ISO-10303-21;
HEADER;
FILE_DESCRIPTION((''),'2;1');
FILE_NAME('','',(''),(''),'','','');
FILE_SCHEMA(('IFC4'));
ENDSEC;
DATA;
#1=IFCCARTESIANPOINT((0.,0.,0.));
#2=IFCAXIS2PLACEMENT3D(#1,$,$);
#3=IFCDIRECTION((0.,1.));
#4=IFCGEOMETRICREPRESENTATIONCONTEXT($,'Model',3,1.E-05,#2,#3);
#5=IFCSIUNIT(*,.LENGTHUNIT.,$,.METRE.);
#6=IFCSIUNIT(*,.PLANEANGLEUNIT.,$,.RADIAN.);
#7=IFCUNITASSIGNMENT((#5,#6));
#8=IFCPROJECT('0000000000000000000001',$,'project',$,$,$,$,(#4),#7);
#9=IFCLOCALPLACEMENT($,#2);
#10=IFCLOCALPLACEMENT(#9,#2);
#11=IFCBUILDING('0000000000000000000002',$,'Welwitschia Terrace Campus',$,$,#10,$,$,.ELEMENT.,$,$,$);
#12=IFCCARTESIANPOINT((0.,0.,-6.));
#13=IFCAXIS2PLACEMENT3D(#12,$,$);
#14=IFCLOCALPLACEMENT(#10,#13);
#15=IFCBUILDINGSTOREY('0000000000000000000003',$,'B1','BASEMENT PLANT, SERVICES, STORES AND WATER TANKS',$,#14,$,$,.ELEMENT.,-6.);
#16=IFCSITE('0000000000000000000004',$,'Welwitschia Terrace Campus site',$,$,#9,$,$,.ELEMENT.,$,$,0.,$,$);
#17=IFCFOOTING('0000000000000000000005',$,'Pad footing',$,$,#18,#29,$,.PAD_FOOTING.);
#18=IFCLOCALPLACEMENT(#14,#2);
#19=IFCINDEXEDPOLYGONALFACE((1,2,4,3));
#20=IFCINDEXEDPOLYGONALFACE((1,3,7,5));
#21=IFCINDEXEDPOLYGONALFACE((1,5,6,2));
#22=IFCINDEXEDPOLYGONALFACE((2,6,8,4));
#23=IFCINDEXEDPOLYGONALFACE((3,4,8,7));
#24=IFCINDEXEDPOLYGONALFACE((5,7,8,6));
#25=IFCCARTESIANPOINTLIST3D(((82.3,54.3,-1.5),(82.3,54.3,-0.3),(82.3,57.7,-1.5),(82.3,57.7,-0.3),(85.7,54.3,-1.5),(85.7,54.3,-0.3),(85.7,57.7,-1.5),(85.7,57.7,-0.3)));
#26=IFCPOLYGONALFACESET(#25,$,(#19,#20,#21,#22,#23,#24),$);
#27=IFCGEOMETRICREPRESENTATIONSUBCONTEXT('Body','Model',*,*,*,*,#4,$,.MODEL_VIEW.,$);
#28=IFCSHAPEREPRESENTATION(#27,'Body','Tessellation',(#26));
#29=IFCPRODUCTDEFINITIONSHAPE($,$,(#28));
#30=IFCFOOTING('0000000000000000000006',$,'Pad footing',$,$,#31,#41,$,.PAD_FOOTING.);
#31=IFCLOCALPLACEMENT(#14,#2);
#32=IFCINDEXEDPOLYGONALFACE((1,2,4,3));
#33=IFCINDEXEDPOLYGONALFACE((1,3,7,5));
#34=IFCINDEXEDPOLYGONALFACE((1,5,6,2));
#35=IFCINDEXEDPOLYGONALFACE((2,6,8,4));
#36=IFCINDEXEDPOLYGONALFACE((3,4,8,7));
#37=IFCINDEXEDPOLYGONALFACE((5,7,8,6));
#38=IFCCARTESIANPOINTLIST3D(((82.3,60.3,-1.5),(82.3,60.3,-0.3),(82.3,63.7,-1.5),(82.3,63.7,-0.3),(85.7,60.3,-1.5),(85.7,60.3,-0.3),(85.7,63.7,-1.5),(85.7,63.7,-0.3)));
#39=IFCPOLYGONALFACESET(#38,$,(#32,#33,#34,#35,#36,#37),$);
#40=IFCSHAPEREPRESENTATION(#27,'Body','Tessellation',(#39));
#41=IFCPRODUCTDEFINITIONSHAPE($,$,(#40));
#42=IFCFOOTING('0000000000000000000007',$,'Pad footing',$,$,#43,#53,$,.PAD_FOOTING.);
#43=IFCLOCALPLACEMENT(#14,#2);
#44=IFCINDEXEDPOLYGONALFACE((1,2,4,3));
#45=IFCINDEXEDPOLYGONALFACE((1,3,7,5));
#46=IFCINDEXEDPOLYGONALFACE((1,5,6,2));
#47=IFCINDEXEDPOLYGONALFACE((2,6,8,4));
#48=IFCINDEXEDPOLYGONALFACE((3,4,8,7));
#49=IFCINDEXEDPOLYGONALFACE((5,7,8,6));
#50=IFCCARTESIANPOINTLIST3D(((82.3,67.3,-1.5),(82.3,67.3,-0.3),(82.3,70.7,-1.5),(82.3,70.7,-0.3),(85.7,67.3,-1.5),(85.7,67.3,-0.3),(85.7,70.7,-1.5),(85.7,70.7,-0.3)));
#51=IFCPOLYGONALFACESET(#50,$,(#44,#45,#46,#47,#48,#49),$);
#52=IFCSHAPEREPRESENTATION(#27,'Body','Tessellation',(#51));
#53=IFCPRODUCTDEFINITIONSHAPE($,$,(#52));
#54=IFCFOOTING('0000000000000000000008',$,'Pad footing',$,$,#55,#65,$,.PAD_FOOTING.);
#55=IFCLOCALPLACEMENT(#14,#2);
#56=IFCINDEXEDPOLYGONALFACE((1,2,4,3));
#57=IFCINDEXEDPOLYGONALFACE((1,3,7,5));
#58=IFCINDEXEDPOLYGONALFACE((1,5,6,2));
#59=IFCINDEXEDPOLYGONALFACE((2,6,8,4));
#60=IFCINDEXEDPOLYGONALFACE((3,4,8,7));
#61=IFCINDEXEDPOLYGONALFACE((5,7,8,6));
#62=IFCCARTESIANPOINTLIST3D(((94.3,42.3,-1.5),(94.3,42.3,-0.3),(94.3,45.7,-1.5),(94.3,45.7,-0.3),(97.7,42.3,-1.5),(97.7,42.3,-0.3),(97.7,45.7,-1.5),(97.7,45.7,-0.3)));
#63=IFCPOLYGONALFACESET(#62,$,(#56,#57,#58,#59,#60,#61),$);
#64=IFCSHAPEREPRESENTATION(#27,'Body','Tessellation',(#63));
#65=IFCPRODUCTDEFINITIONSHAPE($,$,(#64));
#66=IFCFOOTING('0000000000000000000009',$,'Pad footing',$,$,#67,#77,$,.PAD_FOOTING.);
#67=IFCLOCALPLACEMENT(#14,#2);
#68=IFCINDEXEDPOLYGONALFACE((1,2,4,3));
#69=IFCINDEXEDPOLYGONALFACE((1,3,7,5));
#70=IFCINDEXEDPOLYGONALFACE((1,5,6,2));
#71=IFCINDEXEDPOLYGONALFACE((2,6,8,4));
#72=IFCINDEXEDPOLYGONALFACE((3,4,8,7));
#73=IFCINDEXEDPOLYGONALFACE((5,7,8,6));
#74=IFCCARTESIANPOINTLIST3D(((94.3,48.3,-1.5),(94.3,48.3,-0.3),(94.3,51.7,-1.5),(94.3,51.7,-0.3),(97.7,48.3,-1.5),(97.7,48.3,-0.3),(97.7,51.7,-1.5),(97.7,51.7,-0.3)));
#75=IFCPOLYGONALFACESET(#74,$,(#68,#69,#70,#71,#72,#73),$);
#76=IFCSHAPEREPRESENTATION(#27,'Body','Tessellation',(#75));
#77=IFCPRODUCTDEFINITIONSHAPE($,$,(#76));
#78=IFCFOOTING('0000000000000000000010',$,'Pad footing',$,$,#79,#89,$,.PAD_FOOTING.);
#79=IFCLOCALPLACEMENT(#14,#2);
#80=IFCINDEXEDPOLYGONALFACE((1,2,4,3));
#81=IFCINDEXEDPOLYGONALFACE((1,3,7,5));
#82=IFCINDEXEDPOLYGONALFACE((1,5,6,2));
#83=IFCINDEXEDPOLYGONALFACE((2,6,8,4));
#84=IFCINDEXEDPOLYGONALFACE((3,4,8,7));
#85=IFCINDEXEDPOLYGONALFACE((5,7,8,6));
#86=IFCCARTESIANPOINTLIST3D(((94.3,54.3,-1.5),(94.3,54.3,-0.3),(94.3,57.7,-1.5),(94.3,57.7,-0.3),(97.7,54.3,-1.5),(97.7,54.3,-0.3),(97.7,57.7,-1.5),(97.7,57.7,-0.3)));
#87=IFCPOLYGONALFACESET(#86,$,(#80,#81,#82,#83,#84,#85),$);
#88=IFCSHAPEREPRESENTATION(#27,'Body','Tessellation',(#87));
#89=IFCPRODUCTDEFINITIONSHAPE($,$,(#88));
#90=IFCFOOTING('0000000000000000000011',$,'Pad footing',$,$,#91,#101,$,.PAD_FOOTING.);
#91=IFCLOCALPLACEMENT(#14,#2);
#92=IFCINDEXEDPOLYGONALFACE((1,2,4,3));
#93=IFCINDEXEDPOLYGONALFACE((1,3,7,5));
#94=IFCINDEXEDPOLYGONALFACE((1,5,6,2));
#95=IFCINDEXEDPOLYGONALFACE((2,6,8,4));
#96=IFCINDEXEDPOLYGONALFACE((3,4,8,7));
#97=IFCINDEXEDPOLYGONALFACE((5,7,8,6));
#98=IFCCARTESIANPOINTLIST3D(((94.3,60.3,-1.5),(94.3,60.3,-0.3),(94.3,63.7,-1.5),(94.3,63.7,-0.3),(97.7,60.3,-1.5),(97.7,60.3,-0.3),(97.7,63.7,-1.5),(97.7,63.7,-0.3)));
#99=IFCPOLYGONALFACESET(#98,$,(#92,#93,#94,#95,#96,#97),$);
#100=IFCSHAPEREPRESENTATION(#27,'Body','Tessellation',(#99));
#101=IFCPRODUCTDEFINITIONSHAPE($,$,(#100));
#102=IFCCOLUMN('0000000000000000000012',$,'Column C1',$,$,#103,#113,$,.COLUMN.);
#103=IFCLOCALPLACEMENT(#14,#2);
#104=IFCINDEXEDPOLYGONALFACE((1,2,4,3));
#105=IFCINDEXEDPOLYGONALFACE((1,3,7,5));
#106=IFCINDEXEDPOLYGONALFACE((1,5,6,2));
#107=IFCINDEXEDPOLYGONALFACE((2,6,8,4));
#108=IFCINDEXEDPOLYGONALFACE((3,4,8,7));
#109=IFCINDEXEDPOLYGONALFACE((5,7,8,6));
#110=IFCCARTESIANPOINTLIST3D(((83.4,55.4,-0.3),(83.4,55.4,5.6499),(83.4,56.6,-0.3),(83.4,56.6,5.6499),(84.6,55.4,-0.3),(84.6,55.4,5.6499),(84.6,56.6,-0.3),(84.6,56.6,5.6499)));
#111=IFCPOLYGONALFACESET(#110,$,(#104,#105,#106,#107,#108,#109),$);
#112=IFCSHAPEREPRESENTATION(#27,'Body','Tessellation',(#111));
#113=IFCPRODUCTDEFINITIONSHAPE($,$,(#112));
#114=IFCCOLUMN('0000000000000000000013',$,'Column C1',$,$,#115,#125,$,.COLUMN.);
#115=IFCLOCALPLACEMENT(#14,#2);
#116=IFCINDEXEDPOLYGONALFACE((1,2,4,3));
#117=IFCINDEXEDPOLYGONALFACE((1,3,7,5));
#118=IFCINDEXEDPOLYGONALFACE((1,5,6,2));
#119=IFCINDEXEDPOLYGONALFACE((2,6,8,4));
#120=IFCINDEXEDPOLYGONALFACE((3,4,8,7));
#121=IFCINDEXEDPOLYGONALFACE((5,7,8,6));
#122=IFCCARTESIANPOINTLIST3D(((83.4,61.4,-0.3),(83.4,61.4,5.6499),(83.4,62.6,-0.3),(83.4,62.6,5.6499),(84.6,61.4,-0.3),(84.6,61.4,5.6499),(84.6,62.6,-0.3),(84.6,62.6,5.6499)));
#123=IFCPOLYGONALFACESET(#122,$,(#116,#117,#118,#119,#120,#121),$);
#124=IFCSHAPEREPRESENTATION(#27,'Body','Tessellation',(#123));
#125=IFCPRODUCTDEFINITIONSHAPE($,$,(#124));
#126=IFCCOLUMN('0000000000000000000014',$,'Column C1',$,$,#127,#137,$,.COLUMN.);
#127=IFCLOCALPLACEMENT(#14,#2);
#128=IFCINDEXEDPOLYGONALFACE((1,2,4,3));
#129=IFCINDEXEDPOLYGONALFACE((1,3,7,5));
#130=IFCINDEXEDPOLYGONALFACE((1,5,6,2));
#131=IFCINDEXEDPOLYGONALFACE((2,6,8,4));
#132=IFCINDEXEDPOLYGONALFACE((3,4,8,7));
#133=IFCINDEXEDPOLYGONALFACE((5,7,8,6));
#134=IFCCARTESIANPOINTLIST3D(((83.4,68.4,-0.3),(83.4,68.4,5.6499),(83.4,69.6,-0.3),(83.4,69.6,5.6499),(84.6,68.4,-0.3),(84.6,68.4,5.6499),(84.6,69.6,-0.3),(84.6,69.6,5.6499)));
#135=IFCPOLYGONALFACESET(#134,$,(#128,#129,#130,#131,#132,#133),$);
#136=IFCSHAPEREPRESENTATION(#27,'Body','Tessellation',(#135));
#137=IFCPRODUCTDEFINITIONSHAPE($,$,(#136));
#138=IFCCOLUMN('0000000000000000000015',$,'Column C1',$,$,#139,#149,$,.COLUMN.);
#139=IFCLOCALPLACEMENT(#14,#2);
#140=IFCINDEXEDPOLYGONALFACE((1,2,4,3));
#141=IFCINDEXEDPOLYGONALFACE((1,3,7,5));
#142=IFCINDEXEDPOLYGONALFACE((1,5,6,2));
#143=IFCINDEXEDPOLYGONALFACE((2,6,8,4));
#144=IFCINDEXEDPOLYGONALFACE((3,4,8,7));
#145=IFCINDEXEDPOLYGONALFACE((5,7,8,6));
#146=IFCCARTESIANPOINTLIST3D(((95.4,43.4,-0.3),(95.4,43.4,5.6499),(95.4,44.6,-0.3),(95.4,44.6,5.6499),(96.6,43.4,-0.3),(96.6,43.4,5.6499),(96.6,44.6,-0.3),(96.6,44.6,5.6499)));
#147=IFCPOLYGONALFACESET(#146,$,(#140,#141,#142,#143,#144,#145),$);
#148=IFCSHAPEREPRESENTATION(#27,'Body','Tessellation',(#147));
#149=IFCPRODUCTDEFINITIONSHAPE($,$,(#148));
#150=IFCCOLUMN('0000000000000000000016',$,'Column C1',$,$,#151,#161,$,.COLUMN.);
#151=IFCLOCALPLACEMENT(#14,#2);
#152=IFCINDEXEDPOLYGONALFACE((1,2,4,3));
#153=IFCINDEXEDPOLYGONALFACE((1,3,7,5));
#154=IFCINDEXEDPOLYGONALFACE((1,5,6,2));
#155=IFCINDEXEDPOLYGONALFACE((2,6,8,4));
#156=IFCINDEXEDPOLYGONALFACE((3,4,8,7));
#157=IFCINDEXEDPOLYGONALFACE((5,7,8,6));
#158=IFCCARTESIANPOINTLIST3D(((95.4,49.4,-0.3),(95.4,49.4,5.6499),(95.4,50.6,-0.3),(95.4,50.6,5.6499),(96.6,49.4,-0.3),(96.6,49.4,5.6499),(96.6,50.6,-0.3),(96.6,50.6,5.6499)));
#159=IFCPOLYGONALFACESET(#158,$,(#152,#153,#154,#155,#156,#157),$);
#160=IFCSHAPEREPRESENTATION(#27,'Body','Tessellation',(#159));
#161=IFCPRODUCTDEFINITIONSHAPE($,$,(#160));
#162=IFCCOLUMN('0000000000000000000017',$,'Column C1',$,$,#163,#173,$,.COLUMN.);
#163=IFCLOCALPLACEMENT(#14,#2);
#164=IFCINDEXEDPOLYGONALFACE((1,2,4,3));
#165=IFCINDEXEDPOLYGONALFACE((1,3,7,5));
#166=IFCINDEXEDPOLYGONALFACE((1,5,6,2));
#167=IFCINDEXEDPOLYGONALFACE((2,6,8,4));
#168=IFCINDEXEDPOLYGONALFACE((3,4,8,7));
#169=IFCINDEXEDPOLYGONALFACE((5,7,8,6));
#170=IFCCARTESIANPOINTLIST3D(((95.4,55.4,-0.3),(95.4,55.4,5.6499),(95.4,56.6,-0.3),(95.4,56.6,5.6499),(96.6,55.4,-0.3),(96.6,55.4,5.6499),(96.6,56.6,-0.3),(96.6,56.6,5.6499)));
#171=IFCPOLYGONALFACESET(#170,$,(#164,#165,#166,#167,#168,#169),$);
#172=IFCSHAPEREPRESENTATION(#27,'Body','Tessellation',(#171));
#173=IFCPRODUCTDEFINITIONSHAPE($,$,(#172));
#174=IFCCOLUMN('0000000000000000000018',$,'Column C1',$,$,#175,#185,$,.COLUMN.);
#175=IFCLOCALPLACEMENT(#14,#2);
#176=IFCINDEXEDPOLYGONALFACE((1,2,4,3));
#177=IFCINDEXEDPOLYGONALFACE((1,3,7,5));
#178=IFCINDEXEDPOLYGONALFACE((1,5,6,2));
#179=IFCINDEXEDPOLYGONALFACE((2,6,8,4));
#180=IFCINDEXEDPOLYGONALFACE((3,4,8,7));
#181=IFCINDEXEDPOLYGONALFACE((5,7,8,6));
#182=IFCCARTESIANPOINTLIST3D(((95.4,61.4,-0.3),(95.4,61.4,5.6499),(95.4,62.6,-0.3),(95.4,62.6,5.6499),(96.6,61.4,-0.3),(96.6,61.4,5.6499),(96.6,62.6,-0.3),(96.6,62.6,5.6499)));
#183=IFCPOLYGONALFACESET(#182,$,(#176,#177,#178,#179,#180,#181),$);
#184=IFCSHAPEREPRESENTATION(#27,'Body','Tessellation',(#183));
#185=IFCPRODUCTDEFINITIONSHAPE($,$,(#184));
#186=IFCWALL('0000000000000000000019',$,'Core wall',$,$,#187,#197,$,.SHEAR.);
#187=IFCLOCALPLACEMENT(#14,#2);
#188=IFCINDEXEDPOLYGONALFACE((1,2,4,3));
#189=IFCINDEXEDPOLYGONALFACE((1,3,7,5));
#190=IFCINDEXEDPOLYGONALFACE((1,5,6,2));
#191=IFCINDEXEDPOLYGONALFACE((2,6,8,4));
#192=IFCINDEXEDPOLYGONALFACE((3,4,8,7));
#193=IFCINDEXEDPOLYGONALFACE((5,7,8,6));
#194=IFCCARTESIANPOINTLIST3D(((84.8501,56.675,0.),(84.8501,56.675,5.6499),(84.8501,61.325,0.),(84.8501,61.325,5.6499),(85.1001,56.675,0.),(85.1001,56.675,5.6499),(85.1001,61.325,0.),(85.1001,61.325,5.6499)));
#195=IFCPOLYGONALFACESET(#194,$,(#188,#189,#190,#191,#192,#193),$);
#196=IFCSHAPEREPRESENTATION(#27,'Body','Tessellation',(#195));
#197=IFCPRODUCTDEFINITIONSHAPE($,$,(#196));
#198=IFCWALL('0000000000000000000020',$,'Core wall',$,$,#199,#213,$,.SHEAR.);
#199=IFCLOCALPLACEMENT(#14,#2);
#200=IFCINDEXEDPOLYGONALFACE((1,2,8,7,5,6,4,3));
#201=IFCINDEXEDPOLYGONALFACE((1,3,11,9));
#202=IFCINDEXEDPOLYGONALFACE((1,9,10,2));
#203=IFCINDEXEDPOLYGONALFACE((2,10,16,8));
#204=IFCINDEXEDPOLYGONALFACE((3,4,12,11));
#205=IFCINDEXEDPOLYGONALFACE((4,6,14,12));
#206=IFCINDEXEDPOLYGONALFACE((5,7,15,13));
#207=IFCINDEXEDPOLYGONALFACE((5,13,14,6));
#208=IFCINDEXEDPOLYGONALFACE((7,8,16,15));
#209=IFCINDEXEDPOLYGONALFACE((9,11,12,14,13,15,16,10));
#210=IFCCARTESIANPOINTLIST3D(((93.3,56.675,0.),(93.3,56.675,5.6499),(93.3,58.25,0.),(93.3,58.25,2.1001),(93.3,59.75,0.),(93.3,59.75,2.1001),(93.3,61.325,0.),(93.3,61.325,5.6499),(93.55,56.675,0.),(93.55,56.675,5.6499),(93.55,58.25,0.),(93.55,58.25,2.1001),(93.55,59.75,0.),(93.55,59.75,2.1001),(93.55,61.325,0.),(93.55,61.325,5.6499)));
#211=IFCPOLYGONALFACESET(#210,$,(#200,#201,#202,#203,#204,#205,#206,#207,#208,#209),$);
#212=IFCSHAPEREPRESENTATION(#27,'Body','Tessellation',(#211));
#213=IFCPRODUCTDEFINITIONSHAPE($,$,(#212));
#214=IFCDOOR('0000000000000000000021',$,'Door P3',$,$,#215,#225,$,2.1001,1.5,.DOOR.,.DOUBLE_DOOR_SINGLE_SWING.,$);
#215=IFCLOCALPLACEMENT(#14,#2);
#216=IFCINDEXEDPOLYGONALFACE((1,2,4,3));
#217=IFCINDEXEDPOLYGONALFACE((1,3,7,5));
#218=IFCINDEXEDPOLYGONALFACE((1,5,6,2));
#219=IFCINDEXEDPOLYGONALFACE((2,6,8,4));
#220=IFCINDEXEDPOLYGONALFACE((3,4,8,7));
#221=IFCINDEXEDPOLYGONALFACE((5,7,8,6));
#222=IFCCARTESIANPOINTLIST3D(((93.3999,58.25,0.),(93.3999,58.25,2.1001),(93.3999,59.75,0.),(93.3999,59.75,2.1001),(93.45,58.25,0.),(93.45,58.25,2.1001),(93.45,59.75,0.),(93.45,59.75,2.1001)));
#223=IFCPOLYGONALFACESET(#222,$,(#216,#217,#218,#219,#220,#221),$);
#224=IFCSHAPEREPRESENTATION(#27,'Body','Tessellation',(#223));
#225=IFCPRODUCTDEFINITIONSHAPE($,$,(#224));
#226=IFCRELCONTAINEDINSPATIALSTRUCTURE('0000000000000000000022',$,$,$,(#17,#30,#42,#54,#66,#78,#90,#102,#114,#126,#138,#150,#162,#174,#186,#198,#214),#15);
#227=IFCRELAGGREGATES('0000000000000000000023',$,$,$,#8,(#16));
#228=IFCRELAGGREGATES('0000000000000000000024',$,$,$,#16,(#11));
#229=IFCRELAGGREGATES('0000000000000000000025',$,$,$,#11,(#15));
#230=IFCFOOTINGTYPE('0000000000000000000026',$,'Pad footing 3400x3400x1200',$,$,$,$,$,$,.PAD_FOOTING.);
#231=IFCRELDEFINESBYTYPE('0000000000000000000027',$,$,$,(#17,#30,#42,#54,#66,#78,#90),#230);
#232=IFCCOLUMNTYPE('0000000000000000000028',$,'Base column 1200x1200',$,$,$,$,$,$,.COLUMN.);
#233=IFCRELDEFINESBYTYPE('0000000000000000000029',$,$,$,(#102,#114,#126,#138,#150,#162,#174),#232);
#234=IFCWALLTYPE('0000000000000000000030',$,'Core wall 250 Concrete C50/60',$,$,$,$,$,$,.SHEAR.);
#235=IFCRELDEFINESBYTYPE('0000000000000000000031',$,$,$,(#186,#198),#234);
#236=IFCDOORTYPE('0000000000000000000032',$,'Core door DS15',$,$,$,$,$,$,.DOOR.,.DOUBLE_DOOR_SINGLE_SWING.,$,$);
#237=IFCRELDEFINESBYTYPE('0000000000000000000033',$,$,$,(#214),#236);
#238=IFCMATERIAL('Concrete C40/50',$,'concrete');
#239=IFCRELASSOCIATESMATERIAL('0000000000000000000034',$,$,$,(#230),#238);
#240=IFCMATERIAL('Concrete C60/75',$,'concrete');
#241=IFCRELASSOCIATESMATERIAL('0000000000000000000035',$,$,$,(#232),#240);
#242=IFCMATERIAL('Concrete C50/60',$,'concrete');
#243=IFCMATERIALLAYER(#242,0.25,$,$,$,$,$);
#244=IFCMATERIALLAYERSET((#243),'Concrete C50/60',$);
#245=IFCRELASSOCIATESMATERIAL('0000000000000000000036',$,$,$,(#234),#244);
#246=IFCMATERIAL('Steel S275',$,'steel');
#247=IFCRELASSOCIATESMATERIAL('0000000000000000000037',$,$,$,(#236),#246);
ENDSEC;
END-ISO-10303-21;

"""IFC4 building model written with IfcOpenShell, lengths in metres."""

from ifc_helpers import new_model, si_unit, direction, frame, frame_2d, origin, origin_2d, place, context, subcontext, project, spatial, rectangle, extrude, material, layer, layer_set, material_profile, profile_set, type_object, element, fill, save


model = new_model("IFC4")

# Units and contexts
model_context = context("Model", 3, precision=1e-05, world=origin(), true_north=direction((0.0, 1.0)))
body_context = subcontext(model_context, "Body", "Model", "MODEL_VIEW")
ifc_project = project(units=[si_unit("LENGTHUNIT", "METRE"), si_unit("PLANEANGLEUNIT", "RADIAN")], contexts=[model_context])

# Site, building, storey
site_placement = place(None, origin())
site = spatial("IfcSite", under=ifc_project, at=site_placement, Name="Welwitschia Terrace Campus site", CompositionType="ELEMENT", RefElevation=0.0)
building_placement = place(site_placement, origin())
building = spatial("IfcBuilding", under=site, at=building_placement, Name="Welwitschia Terrace Campus", CompositionType="ELEMENT")
storey_placement = place(building_placement, frame((0.0, 0.0, -6.0)))
storey = spatial("IfcBuildingStorey", under=building, at=storey_placement, Name="B1", Description="BASEMENT PLANT, SERVICES, STORES AND WATER TANKS", CompositionType="ELEMENT", Elevation=-6.0)

# Footings
ifc_material_1 = material(Name="Concrete C40/50", Category="concrete")
footing_type = type_object("IfcFootingType", Name="Pad footing 3400x3400x1200", PredefinedType="PAD_FOOTING", material=ifc_material_1)
for number, where, z_axis, x_axis, name in (
    (1, (84.0, 56.0, -1.5), (0.0, 0.0, 1.0), (1.0, 0.0, 0.0), "Pad footing"),
    (2, (84.0, 62.0, -1.5), (0.0, 0.0, 1.0), (1.0, 0.0, 0.0), "Pad footing"),
    (3, (84.0, 69.0, -1.5), (0.0, 0.0, 1.0), (1.0, 0.0, 0.0), "Pad footing"),
    (4, (96.0, 44.0, -1.5), (0.0, 0.0, 1.0), (1.0, 0.0, 0.0), "Pad footing"),
    (5, (96.0, 50.0, -1.5), (0.0, 0.0, 1.0), (1.0, 0.0, 0.0), "Pad footing"),
    (6, (96.0, 56.0, -1.5), (0.0, 0.0, 1.0), (1.0, 0.0, 0.0), "Pad footing"),
    (7, (96.0, 62.0, -1.5), (0.0, 0.0, 1.0), (1.0, 0.0, 0.0), "Pad footing"),
):
    element("IfcFooting", number, at=place(storey_placement, frame(where, z_axis=z_axis, x_axis=x_axis)), inside=storey, type_object=footing_type, Name=name, PredefinedType="PAD_FOOTING", context=body_context, shape_type="SweptSolid", body=[
        extrude(rectangle(XDim=3.3999, YDim=3.3999, at=origin_2d()), origin(), (0.0, 0.0, 1.0), 1.2),
    ])

# Columns
ifc_material_2 = material(Name="Concrete C60/75", Category="concrete")
ifc_material_profile = material_profile(ifc_material_2, rectangle(XDim=1.2, YDim=1.2, at=origin_2d()))
ifc_profile_set = profile_set([ifc_material_profile], Name="Concrete C60/75")
column_type = type_object("IfcColumnType", Name="Base column 1200x1200", PredefinedType="COLUMN", material=ifc_profile_set)
for number, where, z_axis, x_axis, name in (
    (8, (84.0, 56.0, -0.3), (0.0, 0.0, 1.0), (1.0, 0.0, 0.0), "Column C1"),
    (9, (84.0, 62.0, -0.3), (0.0, 0.0, 1.0), (1.0, 0.0, 0.0), "Column C1"),
    (10, (84.0, 69.0, -0.3), (0.0, 0.0, 1.0), (1.0, 0.0, 0.0), "Column C1"),
    (11, (96.0, 44.0, -0.3), (0.0, 0.0, 1.0), (1.0, 0.0, 0.0), "Column C1"),
    (12, (96.0, 50.0, -0.3), (0.0, 0.0, 1.0), (1.0, 0.0, 0.0), "Column C1"),
    (13, (96.0, 56.0, -0.3), (0.0, 0.0, 1.0), (1.0, 0.0, 0.0), "Column C1"),
    (14, (96.0, 62.0, -0.3), (0.0, 0.0, 1.0), (1.0, 0.0, 0.0), "Column C1"),
):
    element("IfcColumn", number, at=place(storey_placement, frame(where, z_axis=z_axis, x_axis=x_axis)), inside=storey, type_object=column_type, Name=name, PredefinedType="COLUMN", context=body_context, shape_type="SweptSolid", body=[
        extrude(rectangle(XDim=1.2, YDim=1.2, at=origin_2d()), origin(), (0.0, 0.0, 1.0), 5.95),
    ])

# Wall
ifc_material_3 = material(Name="Concrete C50/60", Category="concrete")
ifc_layer_1 = layer(ifc_material_3, 0.25)
ifc_layer_set_1 = layer_set([ifc_layer_1], Name="Concrete C50/60")
wall_type_1 = type_object("IfcWallType", Name="Core wall 250 Concrete C50/60", PredefinedType="SHEAR", material=ifc_layer_set_1)
wall_1_placement = place(storey_placement, frame((84.9751, 56.675, 0.0), z_axis=(0.0, 0.0, 1.0), x_axis=(0.0, 1.0, 0.0)))
element("IfcWall", 15, at=wall_1_placement, inside=storey, type_object=wall_type_1, Name="Core wall", PredefinedType="SHEAR", context=body_context, shape_type="SweptSolid", body=[
    extrude(rectangle(XDim=4.6499, YDim=0.25, at=frame_2d((2.325, 0.0))), origin(), (0.0, 0.0, 1.0), 5.6499),
])

# Wall, opening, door
wall_2_placement = place(storey_placement, frame((93.425, 61.325, 0.0), z_axis=(0.0, 0.0, 1.0), x_axis=(0.0, -1.0, 0.0)))
wall_2 = element("IfcWall", 16, at=wall_2_placement, inside=storey, type_object=wall_type_1, Name="Core wall", PredefinedType="SHEAR", context=body_context, shape_type="SweptSolid", body=[
    extrude(rectangle(XDim=4.6499, YDim=0.25, at=frame_2d((2.325, 0.0))), origin(), (0.0, 0.0, 1.0), 5.6499),
])
opening_placement = place(wall_2_placement, frame((1.575, 0.0, 0.0)))
opening = element("IfcOpeningElement", 17, at=opening_placement, cuts=wall_2, PredefinedType="OPENING", context=body_context, shape_type="SweptSolid", body=[
    extrude(rectangle(XDim=1.5, YDim=2.1001, at=frame_2d((0.75, 1.05))), frame((0.0, 0.135, 0.0), z_axis=(0.0, -1.0, 0.0), x_axis=(1.0, 0.0, 0.0)), (0.0, 0.0, 1.0), 0.27),
])
ifc_material_4 = material(Name="Steel S275", Category="steel")
door_type = type_object("IfcDoorType", Name="Core door DS15", OperationType="DOUBLE_DOOR_SINGLE_SWING", PredefinedType="DOOR", material=ifc_material_4)
door_placement = place(opening_placement, origin())
door = element("IfcDoor", 18, at=door_placement, inside=storey, type_object=door_type, Name="Door P3", OperationType="DOUBLE_DOOR_SINGLE_SWING", OverallHeight=2.1001, OverallWidth=1.5, PredefinedType="DOOR", context=body_context, shape_type="SweptSolid", body=[
    extrude(rectangle(XDim=1.5, YDim=2.1001, at=frame_2d((0.75, 1.05))), frame((0.0, 0.0249, 0.0), z_axis=(0.0, -1.0, 0.0), x_axis=(1.0, 0.0, 0.0)), (0.0, 0.0, 1.0), 0.05),
])
fill(opening, door)

save(model, "model.ifc")
